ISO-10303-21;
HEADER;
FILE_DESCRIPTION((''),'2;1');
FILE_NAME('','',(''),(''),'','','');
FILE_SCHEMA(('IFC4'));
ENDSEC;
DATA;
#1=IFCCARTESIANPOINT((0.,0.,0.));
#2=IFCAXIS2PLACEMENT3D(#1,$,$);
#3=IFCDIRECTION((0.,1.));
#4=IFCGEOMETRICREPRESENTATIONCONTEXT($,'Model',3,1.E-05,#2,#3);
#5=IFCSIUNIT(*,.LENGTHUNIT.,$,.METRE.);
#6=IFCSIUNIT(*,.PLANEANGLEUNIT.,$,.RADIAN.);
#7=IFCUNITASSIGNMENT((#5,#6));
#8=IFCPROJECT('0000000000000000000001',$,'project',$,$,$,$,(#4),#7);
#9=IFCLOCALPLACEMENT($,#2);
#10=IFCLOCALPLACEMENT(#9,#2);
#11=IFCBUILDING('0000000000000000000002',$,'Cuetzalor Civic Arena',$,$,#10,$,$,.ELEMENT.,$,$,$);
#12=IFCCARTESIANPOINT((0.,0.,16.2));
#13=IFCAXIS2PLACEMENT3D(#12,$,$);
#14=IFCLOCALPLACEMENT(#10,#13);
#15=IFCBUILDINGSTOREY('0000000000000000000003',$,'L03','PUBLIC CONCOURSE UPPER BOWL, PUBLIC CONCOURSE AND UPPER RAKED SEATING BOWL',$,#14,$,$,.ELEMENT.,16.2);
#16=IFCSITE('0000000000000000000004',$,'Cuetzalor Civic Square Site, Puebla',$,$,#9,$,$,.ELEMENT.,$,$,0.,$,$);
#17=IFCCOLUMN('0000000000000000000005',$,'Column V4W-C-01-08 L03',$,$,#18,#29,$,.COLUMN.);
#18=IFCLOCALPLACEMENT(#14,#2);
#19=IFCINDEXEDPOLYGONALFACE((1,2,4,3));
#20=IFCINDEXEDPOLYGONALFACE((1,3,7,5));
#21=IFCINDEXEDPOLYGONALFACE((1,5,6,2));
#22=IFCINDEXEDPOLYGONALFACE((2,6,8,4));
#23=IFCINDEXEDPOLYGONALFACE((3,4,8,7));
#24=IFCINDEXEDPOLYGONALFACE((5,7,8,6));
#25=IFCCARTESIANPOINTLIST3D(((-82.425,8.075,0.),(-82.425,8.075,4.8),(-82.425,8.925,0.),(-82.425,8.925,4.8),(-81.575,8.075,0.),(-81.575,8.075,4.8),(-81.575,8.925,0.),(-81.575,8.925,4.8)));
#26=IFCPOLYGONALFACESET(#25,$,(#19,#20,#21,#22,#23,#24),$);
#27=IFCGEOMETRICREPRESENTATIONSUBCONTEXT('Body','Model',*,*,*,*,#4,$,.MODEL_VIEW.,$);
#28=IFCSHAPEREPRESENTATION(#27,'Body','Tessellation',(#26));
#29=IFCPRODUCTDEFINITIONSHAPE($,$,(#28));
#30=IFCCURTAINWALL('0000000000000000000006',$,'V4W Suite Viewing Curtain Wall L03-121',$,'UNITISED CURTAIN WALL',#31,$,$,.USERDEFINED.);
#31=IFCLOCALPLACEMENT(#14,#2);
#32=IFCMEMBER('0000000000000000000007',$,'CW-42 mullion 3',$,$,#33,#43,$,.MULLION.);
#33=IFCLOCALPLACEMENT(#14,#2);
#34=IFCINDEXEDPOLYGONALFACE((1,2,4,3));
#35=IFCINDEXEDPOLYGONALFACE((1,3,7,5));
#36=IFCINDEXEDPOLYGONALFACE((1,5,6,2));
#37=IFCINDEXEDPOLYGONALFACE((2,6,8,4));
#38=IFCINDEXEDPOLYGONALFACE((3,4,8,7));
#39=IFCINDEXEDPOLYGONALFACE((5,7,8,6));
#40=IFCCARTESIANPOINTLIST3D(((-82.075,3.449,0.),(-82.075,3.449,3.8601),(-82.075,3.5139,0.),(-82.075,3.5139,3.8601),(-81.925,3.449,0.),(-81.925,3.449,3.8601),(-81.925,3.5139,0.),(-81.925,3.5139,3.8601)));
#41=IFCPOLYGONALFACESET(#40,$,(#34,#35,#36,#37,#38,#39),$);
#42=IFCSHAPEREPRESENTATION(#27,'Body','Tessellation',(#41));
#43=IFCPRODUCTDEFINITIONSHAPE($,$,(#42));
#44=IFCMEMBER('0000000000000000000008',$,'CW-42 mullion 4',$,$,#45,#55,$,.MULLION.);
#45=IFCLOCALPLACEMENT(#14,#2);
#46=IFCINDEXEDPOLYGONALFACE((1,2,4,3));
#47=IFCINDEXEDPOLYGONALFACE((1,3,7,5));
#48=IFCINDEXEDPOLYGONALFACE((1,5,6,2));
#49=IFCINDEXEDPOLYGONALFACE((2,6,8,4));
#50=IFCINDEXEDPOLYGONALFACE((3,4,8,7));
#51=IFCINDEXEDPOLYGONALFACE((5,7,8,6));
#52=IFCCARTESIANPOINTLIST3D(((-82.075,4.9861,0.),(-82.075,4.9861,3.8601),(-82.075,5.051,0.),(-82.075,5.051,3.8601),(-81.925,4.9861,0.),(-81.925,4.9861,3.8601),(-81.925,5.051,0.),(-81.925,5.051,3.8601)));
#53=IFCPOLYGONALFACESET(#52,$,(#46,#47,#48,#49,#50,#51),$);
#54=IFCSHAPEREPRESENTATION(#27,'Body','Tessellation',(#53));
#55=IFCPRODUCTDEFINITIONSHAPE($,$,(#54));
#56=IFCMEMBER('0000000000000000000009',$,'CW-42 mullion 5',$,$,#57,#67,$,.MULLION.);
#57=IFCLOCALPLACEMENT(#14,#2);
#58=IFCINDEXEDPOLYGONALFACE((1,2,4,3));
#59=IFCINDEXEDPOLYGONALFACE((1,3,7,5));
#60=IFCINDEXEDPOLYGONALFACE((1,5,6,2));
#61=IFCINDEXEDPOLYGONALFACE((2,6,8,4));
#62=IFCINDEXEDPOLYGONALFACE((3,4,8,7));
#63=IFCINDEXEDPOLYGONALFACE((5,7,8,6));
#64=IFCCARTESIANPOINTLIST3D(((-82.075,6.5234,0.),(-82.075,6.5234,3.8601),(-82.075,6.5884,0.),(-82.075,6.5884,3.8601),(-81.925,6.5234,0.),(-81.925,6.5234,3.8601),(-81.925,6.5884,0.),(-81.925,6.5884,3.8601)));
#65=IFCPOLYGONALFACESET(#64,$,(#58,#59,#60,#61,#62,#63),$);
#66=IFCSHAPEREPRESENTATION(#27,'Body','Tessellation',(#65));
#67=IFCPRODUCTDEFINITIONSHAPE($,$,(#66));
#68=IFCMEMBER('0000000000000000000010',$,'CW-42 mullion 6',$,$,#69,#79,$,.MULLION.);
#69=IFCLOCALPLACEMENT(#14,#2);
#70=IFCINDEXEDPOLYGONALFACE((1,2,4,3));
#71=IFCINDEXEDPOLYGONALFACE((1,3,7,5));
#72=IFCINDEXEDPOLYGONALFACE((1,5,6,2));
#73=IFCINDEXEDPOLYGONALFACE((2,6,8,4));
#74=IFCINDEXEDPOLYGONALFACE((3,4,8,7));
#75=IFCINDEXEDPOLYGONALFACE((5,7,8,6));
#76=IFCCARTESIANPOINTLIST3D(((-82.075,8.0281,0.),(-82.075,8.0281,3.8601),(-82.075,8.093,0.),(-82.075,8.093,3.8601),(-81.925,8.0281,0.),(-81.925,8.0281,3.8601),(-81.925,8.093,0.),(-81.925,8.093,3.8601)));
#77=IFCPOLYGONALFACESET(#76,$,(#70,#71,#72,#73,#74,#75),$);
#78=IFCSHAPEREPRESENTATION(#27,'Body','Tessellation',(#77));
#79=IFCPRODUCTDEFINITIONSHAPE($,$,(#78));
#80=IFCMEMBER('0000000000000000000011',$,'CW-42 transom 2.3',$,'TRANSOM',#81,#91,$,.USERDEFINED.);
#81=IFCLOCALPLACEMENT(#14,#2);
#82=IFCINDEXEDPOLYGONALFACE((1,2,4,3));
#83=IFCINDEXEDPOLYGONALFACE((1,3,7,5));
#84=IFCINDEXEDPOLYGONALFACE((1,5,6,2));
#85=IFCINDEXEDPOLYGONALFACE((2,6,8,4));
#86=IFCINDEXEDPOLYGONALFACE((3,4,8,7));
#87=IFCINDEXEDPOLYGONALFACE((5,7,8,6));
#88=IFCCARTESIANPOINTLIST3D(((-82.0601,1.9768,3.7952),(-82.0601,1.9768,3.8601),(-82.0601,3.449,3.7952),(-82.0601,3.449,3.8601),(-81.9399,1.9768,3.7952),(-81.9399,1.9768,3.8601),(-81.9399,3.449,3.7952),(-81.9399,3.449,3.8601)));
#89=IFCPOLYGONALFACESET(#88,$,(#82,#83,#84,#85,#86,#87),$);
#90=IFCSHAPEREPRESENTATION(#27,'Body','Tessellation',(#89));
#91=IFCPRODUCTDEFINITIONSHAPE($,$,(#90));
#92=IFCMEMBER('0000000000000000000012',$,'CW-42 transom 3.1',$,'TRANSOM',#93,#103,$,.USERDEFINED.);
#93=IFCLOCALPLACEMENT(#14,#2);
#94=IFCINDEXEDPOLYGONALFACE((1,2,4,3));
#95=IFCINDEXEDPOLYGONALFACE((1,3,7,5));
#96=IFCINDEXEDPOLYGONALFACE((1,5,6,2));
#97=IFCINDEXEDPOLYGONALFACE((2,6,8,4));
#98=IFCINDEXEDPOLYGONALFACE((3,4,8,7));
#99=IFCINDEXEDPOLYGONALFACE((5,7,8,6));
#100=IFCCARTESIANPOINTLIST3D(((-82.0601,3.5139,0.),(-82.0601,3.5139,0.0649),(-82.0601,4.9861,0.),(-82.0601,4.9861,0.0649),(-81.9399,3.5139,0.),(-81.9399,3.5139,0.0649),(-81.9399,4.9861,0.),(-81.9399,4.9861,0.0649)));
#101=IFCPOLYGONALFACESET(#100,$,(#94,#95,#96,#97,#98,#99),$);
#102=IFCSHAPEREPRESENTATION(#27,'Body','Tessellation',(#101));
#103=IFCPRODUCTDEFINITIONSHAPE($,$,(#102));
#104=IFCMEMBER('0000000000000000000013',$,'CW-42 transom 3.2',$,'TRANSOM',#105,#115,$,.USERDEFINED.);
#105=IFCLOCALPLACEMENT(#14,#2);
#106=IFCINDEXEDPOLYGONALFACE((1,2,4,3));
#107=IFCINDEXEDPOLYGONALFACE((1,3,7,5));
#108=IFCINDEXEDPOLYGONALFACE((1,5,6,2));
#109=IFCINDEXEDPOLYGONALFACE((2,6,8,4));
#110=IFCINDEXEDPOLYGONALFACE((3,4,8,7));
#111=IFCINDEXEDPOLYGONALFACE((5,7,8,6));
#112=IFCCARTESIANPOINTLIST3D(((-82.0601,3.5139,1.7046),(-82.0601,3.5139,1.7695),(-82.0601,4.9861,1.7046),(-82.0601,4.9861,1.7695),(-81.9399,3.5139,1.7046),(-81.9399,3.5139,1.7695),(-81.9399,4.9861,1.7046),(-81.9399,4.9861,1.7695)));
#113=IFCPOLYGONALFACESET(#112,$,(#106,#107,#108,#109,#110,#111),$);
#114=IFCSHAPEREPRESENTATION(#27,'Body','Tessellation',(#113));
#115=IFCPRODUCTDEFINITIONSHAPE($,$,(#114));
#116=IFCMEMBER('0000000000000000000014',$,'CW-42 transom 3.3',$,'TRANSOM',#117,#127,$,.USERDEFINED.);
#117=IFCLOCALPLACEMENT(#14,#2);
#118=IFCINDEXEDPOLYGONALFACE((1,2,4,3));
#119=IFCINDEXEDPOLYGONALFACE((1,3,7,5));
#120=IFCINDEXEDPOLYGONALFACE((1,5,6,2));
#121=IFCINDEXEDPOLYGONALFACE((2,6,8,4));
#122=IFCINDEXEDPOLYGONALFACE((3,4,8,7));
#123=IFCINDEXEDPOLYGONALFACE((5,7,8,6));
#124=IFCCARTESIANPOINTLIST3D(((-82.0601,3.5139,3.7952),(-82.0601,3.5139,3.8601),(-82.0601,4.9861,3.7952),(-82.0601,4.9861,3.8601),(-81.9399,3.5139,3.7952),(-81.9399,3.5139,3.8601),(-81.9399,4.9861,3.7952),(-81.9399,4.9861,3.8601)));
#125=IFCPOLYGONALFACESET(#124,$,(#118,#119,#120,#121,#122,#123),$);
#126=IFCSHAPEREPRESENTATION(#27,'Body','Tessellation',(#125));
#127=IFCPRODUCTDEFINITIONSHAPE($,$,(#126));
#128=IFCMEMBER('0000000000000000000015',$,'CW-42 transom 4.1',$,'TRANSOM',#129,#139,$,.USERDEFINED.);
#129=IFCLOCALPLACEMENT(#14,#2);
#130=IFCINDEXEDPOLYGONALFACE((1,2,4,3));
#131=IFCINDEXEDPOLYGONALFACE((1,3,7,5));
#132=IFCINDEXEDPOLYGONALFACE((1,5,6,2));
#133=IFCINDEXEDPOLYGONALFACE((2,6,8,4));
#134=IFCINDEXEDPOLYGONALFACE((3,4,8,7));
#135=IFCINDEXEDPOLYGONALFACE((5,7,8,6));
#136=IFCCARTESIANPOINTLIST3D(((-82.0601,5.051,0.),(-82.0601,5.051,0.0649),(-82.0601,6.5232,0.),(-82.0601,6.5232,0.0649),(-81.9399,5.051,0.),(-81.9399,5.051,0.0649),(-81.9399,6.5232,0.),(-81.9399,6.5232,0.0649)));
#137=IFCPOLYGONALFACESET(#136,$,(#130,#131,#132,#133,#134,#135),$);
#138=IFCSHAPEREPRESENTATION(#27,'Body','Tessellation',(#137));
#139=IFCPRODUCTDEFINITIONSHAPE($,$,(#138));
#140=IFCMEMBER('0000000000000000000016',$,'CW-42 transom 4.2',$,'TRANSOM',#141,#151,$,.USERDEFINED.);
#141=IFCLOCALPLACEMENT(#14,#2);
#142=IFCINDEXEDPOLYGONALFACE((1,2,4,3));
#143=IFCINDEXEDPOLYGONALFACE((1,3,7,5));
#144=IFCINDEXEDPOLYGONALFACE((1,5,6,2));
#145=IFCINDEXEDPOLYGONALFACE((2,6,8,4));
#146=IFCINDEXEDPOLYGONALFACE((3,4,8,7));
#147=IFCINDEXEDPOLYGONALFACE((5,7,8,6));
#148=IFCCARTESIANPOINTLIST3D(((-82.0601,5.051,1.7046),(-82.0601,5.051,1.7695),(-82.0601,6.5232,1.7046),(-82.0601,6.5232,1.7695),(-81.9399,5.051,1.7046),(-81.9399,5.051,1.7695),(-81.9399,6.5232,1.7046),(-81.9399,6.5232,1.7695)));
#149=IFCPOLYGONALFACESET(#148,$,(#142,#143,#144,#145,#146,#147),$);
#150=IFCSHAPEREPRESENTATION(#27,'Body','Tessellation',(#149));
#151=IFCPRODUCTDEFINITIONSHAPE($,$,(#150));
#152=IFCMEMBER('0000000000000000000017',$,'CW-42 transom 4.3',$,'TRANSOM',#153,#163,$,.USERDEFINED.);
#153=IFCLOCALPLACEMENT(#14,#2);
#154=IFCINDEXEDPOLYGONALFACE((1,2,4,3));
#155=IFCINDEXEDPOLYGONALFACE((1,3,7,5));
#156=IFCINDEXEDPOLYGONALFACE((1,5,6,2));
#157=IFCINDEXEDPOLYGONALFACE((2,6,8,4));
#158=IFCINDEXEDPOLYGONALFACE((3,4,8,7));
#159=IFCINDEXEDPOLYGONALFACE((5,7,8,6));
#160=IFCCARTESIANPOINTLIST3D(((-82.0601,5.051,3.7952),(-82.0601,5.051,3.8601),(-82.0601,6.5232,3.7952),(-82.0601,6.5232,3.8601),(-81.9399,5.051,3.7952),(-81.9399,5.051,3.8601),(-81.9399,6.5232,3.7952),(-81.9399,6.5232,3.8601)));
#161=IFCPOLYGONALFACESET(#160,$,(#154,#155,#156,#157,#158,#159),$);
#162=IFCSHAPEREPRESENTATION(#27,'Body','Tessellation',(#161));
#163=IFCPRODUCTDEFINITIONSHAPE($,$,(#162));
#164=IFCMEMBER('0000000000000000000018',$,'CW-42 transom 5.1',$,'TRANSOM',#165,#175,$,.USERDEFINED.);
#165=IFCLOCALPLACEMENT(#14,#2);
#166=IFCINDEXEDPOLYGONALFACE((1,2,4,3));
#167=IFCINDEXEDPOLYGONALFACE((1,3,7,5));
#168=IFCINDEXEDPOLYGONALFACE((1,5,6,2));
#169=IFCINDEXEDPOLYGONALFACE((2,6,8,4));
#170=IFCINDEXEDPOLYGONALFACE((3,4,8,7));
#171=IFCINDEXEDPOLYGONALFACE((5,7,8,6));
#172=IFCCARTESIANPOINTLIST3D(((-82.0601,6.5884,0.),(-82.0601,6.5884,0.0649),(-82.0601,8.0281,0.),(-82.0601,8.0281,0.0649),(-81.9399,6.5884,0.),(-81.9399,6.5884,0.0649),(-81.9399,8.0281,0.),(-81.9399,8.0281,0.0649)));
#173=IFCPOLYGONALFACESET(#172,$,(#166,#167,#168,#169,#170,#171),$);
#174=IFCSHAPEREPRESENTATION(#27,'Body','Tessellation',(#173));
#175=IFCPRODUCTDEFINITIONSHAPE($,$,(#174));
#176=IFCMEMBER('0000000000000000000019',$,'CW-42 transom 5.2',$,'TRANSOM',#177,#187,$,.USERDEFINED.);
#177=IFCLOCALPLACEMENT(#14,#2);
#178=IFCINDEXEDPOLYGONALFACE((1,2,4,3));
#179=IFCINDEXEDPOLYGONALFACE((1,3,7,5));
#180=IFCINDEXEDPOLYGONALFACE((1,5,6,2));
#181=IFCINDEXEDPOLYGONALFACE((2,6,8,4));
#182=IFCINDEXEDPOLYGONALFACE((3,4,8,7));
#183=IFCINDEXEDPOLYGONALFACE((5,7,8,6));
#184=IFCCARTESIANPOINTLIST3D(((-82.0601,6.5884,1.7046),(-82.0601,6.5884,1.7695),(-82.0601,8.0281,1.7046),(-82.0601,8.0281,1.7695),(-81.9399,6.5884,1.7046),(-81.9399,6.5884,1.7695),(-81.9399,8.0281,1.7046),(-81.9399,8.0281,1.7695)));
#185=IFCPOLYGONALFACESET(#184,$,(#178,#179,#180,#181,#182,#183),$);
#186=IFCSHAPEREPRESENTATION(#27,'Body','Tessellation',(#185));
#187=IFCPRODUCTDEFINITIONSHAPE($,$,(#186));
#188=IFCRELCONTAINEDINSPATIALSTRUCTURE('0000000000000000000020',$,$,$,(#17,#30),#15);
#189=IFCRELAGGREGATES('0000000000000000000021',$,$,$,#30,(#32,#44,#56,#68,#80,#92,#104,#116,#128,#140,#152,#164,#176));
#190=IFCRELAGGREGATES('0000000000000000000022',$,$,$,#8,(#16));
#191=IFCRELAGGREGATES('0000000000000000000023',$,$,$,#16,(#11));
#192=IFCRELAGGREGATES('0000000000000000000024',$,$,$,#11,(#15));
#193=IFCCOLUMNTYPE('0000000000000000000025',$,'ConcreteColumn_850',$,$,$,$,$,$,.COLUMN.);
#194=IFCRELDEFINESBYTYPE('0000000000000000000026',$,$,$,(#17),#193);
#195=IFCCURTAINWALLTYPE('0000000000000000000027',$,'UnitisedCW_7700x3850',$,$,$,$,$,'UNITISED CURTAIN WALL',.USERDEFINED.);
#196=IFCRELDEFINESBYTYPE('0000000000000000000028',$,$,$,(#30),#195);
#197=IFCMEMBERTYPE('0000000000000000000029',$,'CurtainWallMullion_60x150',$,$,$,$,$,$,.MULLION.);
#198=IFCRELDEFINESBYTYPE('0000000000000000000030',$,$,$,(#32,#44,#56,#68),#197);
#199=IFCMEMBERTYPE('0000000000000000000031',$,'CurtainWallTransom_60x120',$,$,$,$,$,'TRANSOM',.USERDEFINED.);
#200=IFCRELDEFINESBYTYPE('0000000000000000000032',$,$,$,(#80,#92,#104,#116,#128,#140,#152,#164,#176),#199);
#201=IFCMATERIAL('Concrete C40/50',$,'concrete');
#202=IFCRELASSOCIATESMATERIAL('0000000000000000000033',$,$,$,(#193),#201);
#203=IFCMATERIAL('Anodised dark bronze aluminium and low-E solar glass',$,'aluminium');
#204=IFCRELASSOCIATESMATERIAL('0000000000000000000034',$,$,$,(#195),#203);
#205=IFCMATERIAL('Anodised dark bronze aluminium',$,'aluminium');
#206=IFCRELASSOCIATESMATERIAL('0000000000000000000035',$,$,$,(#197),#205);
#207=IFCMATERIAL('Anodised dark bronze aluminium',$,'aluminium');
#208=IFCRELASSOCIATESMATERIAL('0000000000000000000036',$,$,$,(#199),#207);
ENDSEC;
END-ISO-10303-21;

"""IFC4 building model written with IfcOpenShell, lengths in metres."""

from ifc_helpers import new_model, si_unit, direction, frame, origin, origin_2d, place, context, subcontext, project, spatial, rectangle, extrude, material, material_profile, profile_set, type_object, element, aggregate, save


model = new_model("IFC4")

# Units and contexts
model_context = context("Model", 3, precision=1e-05, world=origin(), true_north=direction((0.0, 1.0)))
body_context = subcontext(model_context, "Body", "Model", "MODEL_VIEW")
ifc_project = project(units=[si_unit("LENGTHUNIT", "METRE"), si_unit("PLANEANGLEUNIT", "RADIAN")], contexts=[model_context])

# Site, building, storey
site_placement = place(None, origin())
site = spatial("IfcSite", under=ifc_project, at=site_placement, Name="Cuetzalor Civic Square Site, Puebla", CompositionType="ELEMENT", RefElevation=0.0)
building_placement = place(site_placement, origin())
building = spatial("IfcBuilding", under=site, at=building_placement, Name="Cuetzalor Civic Arena", CompositionType="ELEMENT")
storey_placement = place(building_placement, frame((0.0, 0.0, 16.2)))
storey = spatial("IfcBuildingStorey", under=building, at=storey_placement, Name="L03", Description="PUBLIC CONCOURSE UPPER BOWL, PUBLIC CONCOURSE AND UPPER RAKED SEATING BOWL", CompositionType="ELEMENT", Elevation=16.2)

# Column
ifc_material_1 = material(Name="Concrete C40/50", Category="concrete")
ifc_material_profile_1 = material_profile(ifc_material_1, rectangle(XDim=0.8501, YDim=0.8501, at=origin_2d()), Name="RC 850x850")
ifc_profile_set_1 = profile_set([ifc_material_profile_1], Name="Concrete C40/50")
column_type = type_object("IfcColumnType", Name="ConcreteColumn_850", PredefinedType="COLUMN", material=ifc_profile_set_1)
column_placement = place(storey_placement, frame((-82.0, 8.5, 0.0), z_axis=(0.0, 0.0, 1.0), x_axis=(1.0, 0.0, 0.0)))
element("IfcColumn", 1, at=column_placement, inside=storey, type_object=column_type, Name="Column V4W-C-01-08 L03", PredefinedType="COLUMN", context=body_context, shape_type="SweptSolid", body=[
    extrude(rectangle(XDim=0.8501, YDim=0.8501, at=origin_2d()), origin(), (0.0, 0.0, 1.0), 4.8),
])

# Curtain wall, members
ifc_material_2 = material(Name="Anodised dark bronze aluminium and low-E solar glass", Category="aluminium")
curtain_wall_type = type_object("IfcCurtainWallType", Name="UnitisedCW_7700x3850", ElementType="UNITISED CURTAIN WALL", PredefinedType="USERDEFINED", material=ifc_material_2)
curtain_wall_placement = place(storey_placement, origin())
curtain_wall = element("IfcCurtainWall", 2, at=curtain_wall_placement, inside=storey, type_object=curtain_wall_type, Name="V4W Suite Viewing Curtain Wall L03-121", ObjectType="UNITISED CURTAIN WALL", PredefinedType="USERDEFINED")
ifc_material_3 = material(Name="Anodised dark bronze aluminium", Category="aluminium")
ifc_material_profile_2 = material_profile(ifc_material_3, rectangle(XDim=0.0649, YDim=0.1499, at=origin_2d()), Name="ALU MULLION 65x150")
ifc_profile_set_2 = profile_set([ifc_material_profile_2], Name="Anodised dark bronze aluminium")
member_type_1 = type_object("IfcMemberType", Name="CurtainWallMullion_60x150", PredefinedType="MULLION", material=ifc_profile_set_2)
member_1_placement = place(storey_placement, frame((-82.0, 3.4814, 0.0), z_axis=(0.0, 0.0, 1.0), x_axis=(0.0, 1.0, 0.0)))
member_1 = element("IfcMember", 3, at=member_1_placement, type_object=member_type_1, Name="CW-42 mullion 3", PredefinedType="MULLION", context=body_context, shape_type="SweptSolid", body=[
    extrude(rectangle(XDim=0.0649, YDim=0.1499, at=origin_2d()), origin(), (0.0, 0.0, 1.0), 3.8601),
])
member_2_placement = place(storey_placement, frame((-82.0, 5.0186, 0.0), z_axis=(0.0, 0.0, 1.0), x_axis=(0.0, 1.0, 0.0)))
member_2 = element("IfcMember", 4, at=member_2_placement, type_object=member_type_1, Name="CW-42 mullion 4", PredefinedType="MULLION", context=body_context, shape_type="SweptSolid", body=[
    extrude(rectangle(XDim=0.0649, YDim=0.1499, at=origin_2d()), origin(), (0.0, 0.0, 1.0), 3.8601),
])
member_3_placement = place(storey_placement, frame((-82.0, 6.5559, 0.0), z_axis=(0.0, 0.0, 1.0), x_axis=(0.0, 1.0, 0.0)))
member_3 = element("IfcMember", 5, at=member_3_placement, type_object=member_type_1, Name="CW-42 mullion 5", PredefinedType="MULLION", context=body_context, shape_type="SweptSolid", body=[
    extrude(rectangle(XDim=0.0649, YDim=0.1499, at=origin_2d()), origin(), (0.0, 0.0, 1.0), 3.8601),
])
member_4_placement = place(storey_placement, frame((-82.0, 8.0605, 0.0), z_axis=(0.0, 0.0, 1.0), x_axis=(0.0, 1.0, 0.0)))
member_4 = element("IfcMember", 6, at=member_4_placement, type_object=member_type_1, Name="CW-42 mullion 6", PredefinedType="MULLION", context=body_context, shape_type="SweptSolid", body=[
    extrude(rectangle(XDim=0.0649, YDim=0.1499, at=origin_2d()), origin(), (0.0, 0.0, 1.0), 3.8601),
])
ifc_material_4 = material(Name="Anodised dark bronze aluminium", Category="aluminium")
ifc_material_profile_3 = material_profile(ifc_material_4, rectangle(XDim=0.1201, YDim=0.0649, at=origin_2d()), Name="ALU TRANSOM 65x120")
ifc_profile_set_3 = profile_set([ifc_material_profile_3], Name="Anodised dark bronze aluminium")
member_type_2 = type_object("IfcMemberType", Name="CurtainWallTransom_60x120", ElementType="TRANSOM", PredefinedType="USERDEFINED", material=ifc_profile_set_3)
member_5_placement = place(storey_placement, frame((-82.0, 1.9768, 3.8276), z_axis=(0.0, 1.0, 0.0), x_axis=(-1.0, 0.0, 0.0)))
member_5 = element("IfcMember", 7, at=member_5_placement, type_object=member_type_2, Name="CW-42 transom 2.3", ObjectType="TRANSOM", PredefinedType="USERDEFINED", context=body_context, shape_type="SweptSolid", body=[
    extrude(rectangle(XDim=0.1201, YDim=0.0649, at=origin_2d()), origin(), (0.0, 0.0, 1.0), 1.4722),
])
member_6_placement = place(storey_placement, frame((-82.0, 3.5139, 0.0325), z_axis=(0.0, 1.0, 0.0), x_axis=(-1.0, 0.0, 0.0)))
member_6 = element("IfcMember", 8, at=member_6_placement, type_object=member_type_2, Name="CW-42 transom 3.1", ObjectType="TRANSOM", PredefinedType="USERDEFINED", context=body_context, shape_type="SweptSolid", body=[
    extrude(rectangle(XDim=0.1201, YDim=0.0649, at=origin_2d()), origin(), (0.0, 0.0, 1.0), 1.4722),
])
member_7_placement = place(storey_placement, frame((-82.0, 3.5139, 1.7371), z_axis=(0.0, 1.0, 0.0), x_axis=(-1.0, 0.0, 0.0)))
member_7 = element("IfcMember", 9, at=member_7_placement, type_object=member_type_2, Name="CW-42 transom 3.2", ObjectType="TRANSOM", PredefinedType="USERDEFINED", context=body_context, shape_type="SweptSolid", body=[
    extrude(rectangle(XDim=0.1201, YDim=0.0649, at=origin_2d()), origin(), (0.0, 0.0, 1.0), 1.4722),
])
member_8_placement = place(storey_placement, frame((-82.0, 3.5139, 3.8276), z_axis=(0.0, 1.0, 0.0), x_axis=(-1.0, 0.0, 0.0)))
member_8 = element("IfcMember", 10, at=member_8_placement, type_object=member_type_2, Name="CW-42 transom 3.3", ObjectType="TRANSOM", PredefinedType="USERDEFINED", context=body_context, shape_type="SweptSolid", body=[
    extrude(rectangle(XDim=0.1201, YDim=0.0649, at=origin_2d()), origin(), (0.0, 0.0, 1.0), 1.4722),
])
member_9_placement = place(storey_placement, frame((-82.0, 5.051, 0.0325), z_axis=(0.0, 1.0, 0.0), x_axis=(-1.0, 0.0, 0.0)))
member_9 = element("IfcMember", 11, at=member_9_placement, type_object=member_type_2, Name="CW-42 transom 4.1", ObjectType="TRANSOM", PredefinedType="USERDEFINED", context=body_context, shape_type="SweptSolid", body=[
    extrude(rectangle(XDim=0.1201, YDim=0.0649, at=origin_2d()), origin(), (0.0, 0.0, 1.0), 1.4722),
])
member_10_placement = place(storey_placement, frame((-82.0, 5.051, 1.7371), z_axis=(0.0, 1.0, 0.0), x_axis=(-1.0, 0.0, 0.0)))
member_10 = element("IfcMember", 12, at=member_10_placement, type_object=member_type_2, Name="CW-42 transom 4.2", ObjectType="TRANSOM", PredefinedType="USERDEFINED", context=body_context, shape_type="SweptSolid", body=[
    extrude(rectangle(XDim=0.1201, YDim=0.0649, at=origin_2d()), origin(), (0.0, 0.0, 1.0), 1.4722),
])
member_11_placement = place(storey_placement, frame((-82.0, 5.051, 3.8276), z_axis=(0.0, 1.0, 0.0), x_axis=(-1.0, 0.0, 0.0)))
member_11 = element("IfcMember", 13, at=member_11_placement, type_object=member_type_2, Name="CW-42 transom 4.3", ObjectType="TRANSOM", PredefinedType="USERDEFINED", context=body_context, shape_type="SweptSolid", body=[
    extrude(rectangle(XDim=0.1201, YDim=0.0649, at=origin_2d()), origin(), (0.0, 0.0, 1.0), 1.4722),
])
member_12_placement = place(storey_placement, frame((-82.0, 6.5884, 0.0325), z_axis=(0.0, 1.0, 0.0), x_axis=(-1.0, 0.0, 0.0)))
member_12 = element("IfcMember", 14, at=member_12_placement, type_object=member_type_2, Name="CW-42 transom 5.1", ObjectType="TRANSOM", PredefinedType="USERDEFINED", context=body_context, shape_type="SweptSolid", body=[
    extrude(rectangle(XDim=0.1201, YDim=0.0649, at=origin_2d()), origin(), (0.0, 0.0, 1.0), 1.4397),
])
member_13_placement = place(storey_placement, frame((-82.0, 6.5884, 1.7371), z_axis=(0.0, 1.0, 0.0), x_axis=(-1.0, 0.0, 0.0)))
member_13 = element("IfcMember", 15, at=member_13_placement, type_object=member_type_2, Name="CW-42 transom 5.2", ObjectType="TRANSOM", PredefinedType="USERDEFINED", context=body_context, shape_type="SweptSolid", body=[
    extrude(rectangle(XDim=0.1201, YDim=0.0649, at=origin_2d()), origin(), (0.0, 0.0, 1.0), 1.4397),
])
aggregate(curtain_wall, [member_1, member_2, member_3, member_4, member_5, member_6, member_7, member_8, member_9, member_10, member_11, member_12, member_13])

save(model, "model.ifc")
